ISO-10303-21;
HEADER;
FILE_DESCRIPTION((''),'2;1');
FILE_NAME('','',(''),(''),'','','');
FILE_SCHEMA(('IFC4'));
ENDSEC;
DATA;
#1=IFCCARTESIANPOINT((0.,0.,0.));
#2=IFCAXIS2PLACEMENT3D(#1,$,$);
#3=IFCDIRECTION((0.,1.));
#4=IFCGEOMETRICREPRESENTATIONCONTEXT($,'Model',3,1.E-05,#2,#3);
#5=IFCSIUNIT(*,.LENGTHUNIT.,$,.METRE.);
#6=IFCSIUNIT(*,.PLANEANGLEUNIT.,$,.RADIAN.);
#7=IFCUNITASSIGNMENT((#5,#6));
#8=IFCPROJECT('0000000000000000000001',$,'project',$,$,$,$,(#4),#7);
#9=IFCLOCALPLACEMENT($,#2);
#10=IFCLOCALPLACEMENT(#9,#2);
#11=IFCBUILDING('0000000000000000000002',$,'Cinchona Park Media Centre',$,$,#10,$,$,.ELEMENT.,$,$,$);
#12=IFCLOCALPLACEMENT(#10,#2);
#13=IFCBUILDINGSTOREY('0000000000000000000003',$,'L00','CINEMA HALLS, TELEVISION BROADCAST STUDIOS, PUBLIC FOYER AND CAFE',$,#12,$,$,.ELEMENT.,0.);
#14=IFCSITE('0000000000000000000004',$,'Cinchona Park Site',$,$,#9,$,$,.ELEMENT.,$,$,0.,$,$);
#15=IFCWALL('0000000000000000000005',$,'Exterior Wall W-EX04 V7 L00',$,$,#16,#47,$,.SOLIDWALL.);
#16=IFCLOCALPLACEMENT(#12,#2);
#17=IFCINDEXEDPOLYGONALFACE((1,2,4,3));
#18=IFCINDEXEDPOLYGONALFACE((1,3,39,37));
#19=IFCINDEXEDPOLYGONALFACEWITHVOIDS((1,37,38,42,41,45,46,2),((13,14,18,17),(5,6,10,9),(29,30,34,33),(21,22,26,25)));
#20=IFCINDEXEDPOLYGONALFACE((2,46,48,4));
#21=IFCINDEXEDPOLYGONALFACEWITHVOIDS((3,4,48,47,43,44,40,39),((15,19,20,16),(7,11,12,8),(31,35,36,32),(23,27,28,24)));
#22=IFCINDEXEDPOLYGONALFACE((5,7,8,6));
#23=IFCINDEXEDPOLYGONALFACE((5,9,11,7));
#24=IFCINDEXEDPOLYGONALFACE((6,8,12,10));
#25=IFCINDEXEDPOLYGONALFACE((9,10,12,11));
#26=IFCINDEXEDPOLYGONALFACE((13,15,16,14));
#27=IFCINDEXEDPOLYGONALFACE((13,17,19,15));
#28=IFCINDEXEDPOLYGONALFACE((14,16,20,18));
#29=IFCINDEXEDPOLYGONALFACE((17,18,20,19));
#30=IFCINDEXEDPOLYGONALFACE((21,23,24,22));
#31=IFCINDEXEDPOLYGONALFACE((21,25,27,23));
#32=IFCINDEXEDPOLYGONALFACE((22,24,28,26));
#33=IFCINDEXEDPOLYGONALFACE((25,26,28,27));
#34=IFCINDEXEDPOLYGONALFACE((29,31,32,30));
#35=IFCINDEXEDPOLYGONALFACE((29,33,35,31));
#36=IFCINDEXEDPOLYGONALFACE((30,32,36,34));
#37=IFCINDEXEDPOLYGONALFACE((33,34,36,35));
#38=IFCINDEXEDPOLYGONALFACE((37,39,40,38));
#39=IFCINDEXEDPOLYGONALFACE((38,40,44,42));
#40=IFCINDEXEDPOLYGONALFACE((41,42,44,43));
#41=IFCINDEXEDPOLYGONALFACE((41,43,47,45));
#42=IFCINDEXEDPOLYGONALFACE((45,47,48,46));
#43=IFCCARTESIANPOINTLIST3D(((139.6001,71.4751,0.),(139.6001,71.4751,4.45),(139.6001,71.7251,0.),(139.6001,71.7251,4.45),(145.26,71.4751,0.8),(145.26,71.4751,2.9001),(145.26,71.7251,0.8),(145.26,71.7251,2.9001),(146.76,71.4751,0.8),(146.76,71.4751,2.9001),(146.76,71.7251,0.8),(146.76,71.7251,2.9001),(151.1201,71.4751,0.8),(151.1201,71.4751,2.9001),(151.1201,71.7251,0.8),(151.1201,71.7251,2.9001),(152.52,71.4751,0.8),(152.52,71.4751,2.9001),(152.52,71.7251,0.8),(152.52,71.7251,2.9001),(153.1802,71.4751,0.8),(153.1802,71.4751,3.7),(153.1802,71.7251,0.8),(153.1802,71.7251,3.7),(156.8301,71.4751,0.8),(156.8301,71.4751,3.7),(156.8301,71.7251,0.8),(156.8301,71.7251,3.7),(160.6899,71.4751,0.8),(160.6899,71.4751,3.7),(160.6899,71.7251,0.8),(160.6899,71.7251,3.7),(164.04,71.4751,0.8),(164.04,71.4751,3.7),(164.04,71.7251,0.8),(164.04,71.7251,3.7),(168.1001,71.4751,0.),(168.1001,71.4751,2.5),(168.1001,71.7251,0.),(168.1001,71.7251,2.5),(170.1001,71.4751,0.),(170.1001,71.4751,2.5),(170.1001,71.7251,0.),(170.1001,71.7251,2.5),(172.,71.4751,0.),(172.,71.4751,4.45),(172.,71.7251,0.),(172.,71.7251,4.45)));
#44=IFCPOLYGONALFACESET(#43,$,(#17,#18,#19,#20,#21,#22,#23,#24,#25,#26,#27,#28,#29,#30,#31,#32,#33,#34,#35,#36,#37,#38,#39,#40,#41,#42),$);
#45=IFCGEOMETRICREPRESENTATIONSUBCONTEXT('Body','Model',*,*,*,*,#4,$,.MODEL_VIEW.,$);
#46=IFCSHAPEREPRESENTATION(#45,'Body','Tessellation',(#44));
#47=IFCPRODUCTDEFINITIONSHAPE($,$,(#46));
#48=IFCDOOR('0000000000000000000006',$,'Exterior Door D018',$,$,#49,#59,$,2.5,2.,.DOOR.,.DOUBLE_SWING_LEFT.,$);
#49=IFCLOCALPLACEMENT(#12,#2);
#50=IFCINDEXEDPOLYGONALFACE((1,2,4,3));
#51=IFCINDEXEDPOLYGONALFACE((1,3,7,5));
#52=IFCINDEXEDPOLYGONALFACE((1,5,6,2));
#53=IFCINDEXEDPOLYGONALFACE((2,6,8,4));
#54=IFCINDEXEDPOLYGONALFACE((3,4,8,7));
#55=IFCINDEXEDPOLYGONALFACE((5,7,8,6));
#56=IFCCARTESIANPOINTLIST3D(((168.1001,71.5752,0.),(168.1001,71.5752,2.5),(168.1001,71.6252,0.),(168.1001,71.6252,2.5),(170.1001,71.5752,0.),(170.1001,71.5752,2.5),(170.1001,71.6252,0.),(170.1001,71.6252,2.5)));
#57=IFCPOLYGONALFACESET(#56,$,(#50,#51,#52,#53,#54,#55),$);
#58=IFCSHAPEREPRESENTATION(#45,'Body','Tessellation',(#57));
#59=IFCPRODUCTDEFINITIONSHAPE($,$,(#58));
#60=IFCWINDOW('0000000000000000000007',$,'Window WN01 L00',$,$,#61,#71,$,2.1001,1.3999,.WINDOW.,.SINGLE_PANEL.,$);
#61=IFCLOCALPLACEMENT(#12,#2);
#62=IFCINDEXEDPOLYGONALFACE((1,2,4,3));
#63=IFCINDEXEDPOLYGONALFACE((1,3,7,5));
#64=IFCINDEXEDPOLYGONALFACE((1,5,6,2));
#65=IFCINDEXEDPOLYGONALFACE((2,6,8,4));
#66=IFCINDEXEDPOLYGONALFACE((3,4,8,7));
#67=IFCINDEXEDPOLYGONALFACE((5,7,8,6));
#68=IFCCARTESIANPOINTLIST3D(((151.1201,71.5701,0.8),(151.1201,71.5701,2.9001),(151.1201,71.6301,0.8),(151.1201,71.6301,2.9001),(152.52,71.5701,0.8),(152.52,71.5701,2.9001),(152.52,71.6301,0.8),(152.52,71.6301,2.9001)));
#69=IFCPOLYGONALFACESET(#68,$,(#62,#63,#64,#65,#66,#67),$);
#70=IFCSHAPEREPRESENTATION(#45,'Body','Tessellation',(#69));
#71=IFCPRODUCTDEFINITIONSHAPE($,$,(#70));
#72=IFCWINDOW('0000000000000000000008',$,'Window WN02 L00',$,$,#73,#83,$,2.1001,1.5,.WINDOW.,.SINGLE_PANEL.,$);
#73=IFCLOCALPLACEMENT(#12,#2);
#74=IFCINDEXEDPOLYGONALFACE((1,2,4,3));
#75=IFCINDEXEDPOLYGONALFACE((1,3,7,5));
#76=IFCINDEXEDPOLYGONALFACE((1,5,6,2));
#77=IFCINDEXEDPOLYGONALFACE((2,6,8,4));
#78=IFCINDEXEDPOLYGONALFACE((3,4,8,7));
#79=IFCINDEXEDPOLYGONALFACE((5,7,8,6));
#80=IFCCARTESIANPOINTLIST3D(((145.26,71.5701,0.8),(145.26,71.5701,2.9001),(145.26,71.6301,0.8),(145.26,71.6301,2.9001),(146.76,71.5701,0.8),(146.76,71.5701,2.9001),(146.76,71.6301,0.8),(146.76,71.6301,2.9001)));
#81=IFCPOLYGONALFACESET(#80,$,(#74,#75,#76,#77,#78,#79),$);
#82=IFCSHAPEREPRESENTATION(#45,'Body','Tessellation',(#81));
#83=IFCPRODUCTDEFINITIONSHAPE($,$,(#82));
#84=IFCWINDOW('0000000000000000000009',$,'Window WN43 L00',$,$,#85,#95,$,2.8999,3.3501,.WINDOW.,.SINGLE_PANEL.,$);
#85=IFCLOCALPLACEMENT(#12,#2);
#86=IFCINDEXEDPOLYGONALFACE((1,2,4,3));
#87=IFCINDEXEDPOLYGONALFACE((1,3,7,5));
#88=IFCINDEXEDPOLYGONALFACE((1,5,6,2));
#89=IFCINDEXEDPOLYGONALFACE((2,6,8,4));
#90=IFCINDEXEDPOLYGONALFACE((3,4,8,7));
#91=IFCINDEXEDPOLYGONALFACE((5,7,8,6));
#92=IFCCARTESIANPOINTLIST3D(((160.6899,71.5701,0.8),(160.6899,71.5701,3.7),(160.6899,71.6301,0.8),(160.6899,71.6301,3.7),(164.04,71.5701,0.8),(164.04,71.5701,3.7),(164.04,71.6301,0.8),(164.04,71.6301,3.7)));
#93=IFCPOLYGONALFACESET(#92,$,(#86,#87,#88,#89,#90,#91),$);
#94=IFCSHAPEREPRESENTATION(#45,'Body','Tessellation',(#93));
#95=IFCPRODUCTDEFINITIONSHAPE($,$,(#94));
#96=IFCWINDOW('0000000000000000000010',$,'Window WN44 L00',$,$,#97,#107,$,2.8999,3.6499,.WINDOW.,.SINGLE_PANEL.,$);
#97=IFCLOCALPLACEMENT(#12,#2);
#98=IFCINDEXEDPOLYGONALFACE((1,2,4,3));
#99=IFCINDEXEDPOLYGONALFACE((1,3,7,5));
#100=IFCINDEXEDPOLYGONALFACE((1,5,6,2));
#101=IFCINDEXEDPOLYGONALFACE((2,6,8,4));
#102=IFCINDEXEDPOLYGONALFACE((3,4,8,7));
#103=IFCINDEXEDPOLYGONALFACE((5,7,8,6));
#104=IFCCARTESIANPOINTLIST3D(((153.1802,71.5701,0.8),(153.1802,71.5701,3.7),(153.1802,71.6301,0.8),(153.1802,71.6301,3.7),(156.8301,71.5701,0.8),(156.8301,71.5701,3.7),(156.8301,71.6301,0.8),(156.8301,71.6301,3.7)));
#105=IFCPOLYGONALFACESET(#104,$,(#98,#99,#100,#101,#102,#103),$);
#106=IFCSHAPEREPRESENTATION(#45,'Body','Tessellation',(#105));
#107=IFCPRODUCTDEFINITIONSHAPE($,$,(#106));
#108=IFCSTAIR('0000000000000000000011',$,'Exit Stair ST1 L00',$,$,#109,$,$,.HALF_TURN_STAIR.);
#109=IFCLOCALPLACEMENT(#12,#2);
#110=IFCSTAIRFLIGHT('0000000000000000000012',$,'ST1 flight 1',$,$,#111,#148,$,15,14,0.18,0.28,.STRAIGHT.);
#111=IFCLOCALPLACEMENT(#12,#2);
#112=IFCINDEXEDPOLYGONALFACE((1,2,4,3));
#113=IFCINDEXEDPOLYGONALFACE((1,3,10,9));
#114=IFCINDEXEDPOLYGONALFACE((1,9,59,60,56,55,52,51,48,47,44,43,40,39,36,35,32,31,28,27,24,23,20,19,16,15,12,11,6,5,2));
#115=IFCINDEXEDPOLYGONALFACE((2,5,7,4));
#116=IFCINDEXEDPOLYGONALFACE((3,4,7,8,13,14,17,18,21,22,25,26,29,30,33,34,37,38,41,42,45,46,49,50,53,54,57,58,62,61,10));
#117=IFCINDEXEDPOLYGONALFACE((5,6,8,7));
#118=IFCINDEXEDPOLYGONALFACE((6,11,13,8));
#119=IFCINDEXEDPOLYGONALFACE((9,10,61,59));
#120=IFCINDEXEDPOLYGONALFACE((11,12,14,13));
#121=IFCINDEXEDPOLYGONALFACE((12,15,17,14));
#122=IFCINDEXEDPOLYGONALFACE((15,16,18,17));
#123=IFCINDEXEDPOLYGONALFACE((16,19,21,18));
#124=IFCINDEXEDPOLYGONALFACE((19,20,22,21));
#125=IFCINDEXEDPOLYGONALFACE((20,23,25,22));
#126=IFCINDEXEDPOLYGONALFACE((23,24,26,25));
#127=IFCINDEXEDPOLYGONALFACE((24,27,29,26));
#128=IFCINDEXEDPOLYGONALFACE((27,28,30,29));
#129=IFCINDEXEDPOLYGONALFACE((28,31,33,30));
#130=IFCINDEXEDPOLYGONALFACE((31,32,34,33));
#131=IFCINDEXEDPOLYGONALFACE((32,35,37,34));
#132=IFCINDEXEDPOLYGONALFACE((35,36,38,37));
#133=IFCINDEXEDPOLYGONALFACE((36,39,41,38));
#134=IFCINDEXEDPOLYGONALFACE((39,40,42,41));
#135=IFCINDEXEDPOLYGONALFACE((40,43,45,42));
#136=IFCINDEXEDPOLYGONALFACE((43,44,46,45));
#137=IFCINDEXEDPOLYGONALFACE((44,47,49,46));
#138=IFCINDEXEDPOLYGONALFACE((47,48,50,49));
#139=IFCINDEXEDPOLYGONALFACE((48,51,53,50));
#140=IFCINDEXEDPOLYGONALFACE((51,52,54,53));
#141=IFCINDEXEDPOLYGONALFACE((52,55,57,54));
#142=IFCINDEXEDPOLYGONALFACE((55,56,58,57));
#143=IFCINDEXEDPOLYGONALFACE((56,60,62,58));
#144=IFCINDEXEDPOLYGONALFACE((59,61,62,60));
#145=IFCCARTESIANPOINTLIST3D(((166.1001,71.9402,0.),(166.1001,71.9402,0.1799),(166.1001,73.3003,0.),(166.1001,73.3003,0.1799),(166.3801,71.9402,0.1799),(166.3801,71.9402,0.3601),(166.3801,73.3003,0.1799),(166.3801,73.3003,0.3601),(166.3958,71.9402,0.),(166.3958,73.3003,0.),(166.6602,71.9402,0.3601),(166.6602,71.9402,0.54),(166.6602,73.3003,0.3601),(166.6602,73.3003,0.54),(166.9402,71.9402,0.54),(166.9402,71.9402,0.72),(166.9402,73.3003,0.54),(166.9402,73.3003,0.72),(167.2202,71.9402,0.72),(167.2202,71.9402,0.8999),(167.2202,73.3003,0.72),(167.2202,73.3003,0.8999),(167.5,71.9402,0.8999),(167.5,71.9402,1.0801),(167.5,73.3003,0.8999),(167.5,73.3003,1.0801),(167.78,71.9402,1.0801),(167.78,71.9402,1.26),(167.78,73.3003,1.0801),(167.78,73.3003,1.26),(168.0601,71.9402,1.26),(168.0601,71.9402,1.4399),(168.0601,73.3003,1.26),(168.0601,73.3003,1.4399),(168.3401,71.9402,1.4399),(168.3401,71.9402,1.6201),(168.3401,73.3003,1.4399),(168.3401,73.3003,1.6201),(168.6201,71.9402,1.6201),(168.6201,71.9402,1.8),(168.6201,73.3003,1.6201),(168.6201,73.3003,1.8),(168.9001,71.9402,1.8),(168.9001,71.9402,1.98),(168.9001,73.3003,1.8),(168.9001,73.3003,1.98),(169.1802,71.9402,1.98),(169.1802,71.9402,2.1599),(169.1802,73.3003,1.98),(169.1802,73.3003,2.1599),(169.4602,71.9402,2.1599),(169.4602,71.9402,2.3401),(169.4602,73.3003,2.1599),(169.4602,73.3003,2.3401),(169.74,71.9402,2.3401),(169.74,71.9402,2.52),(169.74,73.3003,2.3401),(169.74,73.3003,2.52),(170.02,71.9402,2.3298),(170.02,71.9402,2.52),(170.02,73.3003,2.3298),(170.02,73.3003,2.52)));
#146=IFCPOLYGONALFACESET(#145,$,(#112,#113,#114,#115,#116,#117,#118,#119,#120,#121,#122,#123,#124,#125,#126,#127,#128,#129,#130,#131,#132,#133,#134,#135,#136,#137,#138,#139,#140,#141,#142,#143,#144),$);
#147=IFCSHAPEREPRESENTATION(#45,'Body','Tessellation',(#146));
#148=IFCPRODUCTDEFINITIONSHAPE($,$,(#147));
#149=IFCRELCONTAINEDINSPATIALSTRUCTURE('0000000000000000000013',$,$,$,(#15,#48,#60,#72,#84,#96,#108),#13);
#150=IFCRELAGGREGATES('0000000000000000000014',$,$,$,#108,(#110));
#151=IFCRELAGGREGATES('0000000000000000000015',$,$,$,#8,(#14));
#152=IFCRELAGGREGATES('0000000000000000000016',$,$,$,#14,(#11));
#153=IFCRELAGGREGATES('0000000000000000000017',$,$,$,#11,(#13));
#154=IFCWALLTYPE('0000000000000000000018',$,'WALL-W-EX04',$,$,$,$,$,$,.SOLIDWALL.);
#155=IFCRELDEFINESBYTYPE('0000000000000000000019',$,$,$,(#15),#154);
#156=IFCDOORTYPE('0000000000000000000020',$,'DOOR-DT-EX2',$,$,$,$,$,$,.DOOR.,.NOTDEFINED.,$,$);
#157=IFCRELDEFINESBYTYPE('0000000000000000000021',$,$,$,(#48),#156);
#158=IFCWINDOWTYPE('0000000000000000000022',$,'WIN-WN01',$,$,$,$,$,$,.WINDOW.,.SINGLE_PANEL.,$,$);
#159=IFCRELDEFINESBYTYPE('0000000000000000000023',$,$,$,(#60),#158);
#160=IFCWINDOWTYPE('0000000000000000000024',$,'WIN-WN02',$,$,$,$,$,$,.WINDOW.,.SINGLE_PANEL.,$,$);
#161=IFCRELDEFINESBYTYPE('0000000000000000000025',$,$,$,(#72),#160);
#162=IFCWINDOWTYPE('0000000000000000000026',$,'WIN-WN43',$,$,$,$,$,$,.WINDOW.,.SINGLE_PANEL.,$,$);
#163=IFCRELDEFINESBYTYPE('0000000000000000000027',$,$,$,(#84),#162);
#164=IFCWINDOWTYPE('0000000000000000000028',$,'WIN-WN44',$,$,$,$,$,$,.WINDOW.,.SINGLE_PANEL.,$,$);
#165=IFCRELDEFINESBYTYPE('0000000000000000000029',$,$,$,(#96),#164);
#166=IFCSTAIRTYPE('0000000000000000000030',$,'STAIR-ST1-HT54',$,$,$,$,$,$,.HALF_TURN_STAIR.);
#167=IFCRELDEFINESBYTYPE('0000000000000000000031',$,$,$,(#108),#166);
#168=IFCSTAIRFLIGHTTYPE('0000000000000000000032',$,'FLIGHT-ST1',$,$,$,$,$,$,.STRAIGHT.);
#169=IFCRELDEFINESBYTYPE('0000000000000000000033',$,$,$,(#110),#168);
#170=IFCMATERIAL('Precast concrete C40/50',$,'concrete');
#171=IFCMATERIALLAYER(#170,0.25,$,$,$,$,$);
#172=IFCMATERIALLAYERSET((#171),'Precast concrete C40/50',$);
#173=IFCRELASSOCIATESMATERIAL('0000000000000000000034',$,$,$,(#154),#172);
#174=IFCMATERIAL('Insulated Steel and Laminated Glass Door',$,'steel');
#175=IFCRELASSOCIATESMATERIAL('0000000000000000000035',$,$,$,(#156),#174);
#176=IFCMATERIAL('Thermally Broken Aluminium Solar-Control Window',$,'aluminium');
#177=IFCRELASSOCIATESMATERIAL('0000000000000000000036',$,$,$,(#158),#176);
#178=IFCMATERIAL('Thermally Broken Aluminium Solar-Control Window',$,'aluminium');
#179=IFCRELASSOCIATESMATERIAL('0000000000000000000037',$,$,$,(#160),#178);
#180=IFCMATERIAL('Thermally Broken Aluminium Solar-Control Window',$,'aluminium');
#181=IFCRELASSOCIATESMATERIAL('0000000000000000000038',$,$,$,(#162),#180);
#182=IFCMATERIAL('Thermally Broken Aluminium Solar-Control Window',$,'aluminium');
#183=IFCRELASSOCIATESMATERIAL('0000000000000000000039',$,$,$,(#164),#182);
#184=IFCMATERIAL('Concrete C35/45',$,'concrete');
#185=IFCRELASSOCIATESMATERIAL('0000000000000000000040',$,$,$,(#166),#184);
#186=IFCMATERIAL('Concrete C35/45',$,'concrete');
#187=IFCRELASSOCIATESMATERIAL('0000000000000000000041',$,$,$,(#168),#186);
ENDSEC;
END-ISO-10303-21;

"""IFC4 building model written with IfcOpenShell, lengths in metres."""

from ifc_helpers import new_model, si_unit, direction, frame, frame_2d, origin, place, context, subcontext, project, spatial, polyline, rectangle, outline, extrude, material, layer, layer_set, type_object, element, fill, aggregate, save


model = new_model("IFC4")

# Units and contexts
model_context = context("Model", 3, precision=1e-05, world=origin(), true_north=direction((0.0, 1.0)))
body_context = subcontext(model_context, "Body", "Model", "MODEL_VIEW")
ifc_project = project(units=[si_unit("LENGTHUNIT", "METRE"), si_unit("PLANEANGLEUNIT", "RADIAN")], contexts=[model_context])

# Site, building, storey
site_placement = place(None, origin())
site = spatial("IfcSite", under=ifc_project, at=site_placement, Name="Cinchona Park Site", CompositionType="ELEMENT", RefElevation=0.0)
building_placement = place(site_placement, origin())
building = spatial("IfcBuilding", under=site, at=building_placement, Name="Cinchona Park Media Centre", CompositionType="ELEMENT")
storey_placement = place(building_placement, origin())
storey = spatial("IfcBuildingStorey", under=building, at=storey_placement, Name="L00", Description="CINEMA HALLS, TELEVISION BROADCAST STUDIOS, PUBLIC FOYER AND CAFE", CompositionType="ELEMENT", Elevation=0.0)

# Wall, openings, door, windows
ifc_material_1 = material(Name="Precast concrete C40/50", Category="concrete")
ifc_layer = layer(ifc_material_1, 0.25)
ifc_layer_set = layer_set([ifc_layer], Name="Precast concrete C40/50")
wall_type = type_object("IfcWallType", Name="WALL-W-EX04", PredefinedType="SOLIDWALL", material=ifc_layer_set)
wall_placement = place(storey_placement, frame((172.0, 71.6001, 0.0), z_axis=(0.0, 0.0, 1.0), x_axis=(-1.0, 0.0, 0.0)))
wall = element("IfcWall", 1, at=wall_placement, inside=storey, type_object=wall_type, Name="Exterior Wall W-EX04 V7 L00", PredefinedType="SOLIDWALL", context=body_context, shape_type="SweptSolid", body=[
    extrude(rectangle(XDim=32.3999, YDim=0.25, at=frame_2d((16.2, 0.0))), origin(), (0.0, 0.0, 1.0), 4.45),
])
opening_1_placement = place(wall_placement, frame((1.8999, 0.0, 0.0)))
opening_1 = element("IfcOpeningElement", 2, at=opening_1_placement, cuts=wall, PredefinedType="OPENING", context=body_context, shape_type="SweptSolid", body=[
    extrude(rectangle(XDim=2.0, YDim=2.5, at=frame_2d((1.0, 1.25))), frame((0.0, 0.135, 0.0), z_axis=(0.0, -1.0, 0.0), x_axis=(1.0, 0.0, 0.0)), (0.0, 0.0, 1.0), 0.27),
])
opening_2_placement = place(wall_placement, frame((7.96, 0.0, 0.8)))
opening_2 = element("IfcOpeningElement", 3, at=opening_2_placement, cuts=wall, PredefinedType="OPENING", context=body_context, shape_type="SweptSolid", body=[
    extrude(rectangle(XDim=3.3501, YDim=2.8999, at=frame_2d((1.675, 1.45))), frame((0.0, 0.135, 0.0), z_axis=(0.0, -1.0, 0.0), x_axis=(1.0, 0.0, 0.0)), (0.0, 0.0, 1.0), 0.27),
])
opening_3_placement = place(wall_placement, frame((15.1699, 0.0, 0.8)))
opening_3 = element("IfcOpeningElement", 4, at=opening_3_placement, cuts=wall, PredefinedType="OPENING", context=body_context, shape_type="SweptSolid", body=[
    extrude(rectangle(XDim=3.6499, YDim=2.8999, at=frame_2d((1.825, 1.45))), frame((0.0, 0.135, 0.0), z_axis=(0.0, -1.0, 0.0), x_axis=(1.0, 0.0, 0.0)), (0.0, 0.0, 1.0), 0.27),
])
opening_4_placement = place(wall_placement, frame((19.48, 0.0, 0.8)))
opening_4 = element("IfcOpeningElement", 5, at=opening_4_placement, cuts=wall, PredefinedType="OPENING", context=body_context, shape_type="SweptSolid", body=[
    extrude(rectangle(XDim=1.3999, YDim=2.1001, at=frame_2d((0.7, 1.05))), frame((0.0, 0.135, 0.0), z_axis=(0.0, -1.0, 0.0), x_axis=(1.0, 0.0, 0.0)), (0.0, 0.0, 1.0), 0.27),
])
opening_5_placement = place(wall_placement, frame((25.24, 0.0, 0.8)))
opening_5 = element("IfcOpeningElement", 6, at=opening_5_placement, cuts=wall, PredefinedType="OPENING", context=body_context, shape_type="SweptSolid", body=[
    extrude(rectangle(XDim=1.5, YDim=2.1001, at=frame_2d((0.75, 1.05))), frame((0.0, 0.135, 0.0), z_axis=(0.0, -1.0, 0.0), x_axis=(1.0, 0.0, 0.0)), (0.0, 0.0, 1.0), 0.27),
])
ifc_material_2 = material(Name="Insulated Steel and Laminated Glass Door", Category="steel")
door_type = type_object("IfcDoorType", Name="DOOR-DT-EX2", OperationType="NOTDEFINED", PredefinedType="DOOR", material=ifc_material_2)
door_placement = place(opening_1_placement, origin())
door = element("IfcDoor", 7, at=door_placement, inside=storey, type_object=door_type, Name="Exterior Door D018", OperationType="DOUBLE_SWING_LEFT", OverallHeight=2.5, OverallWidth=2.0, PredefinedType="DOOR", context=body_context, shape_type="SweptSolid", body=[
    extrude(rectangle(XDim=2.0, YDim=2.5, at=frame_2d((1.0, 1.25))), frame((0.0, 0.0249, 0.0), z_axis=(0.0, -1.0, 0.0), x_axis=(1.0, 0.0, 0.0)), (0.0, 0.0, 1.0), 0.05),
])
fill(opening_1, door)
ifc_material_3 = material(Name="Thermally Broken Aluminium Solar-Control Window", Category="aluminium")
window_type_1 = type_object("IfcWindowType", Name="WIN-WN01", PartitioningType="SINGLE_PANEL", PredefinedType="WINDOW", material=ifc_material_3)
window_1_placement = place(opening_4_placement, origin())
window_1 = element("IfcWindow", 8, at=window_1_placement, inside=storey, type_object=window_type_1, Name="Window WN01 L00", OverallHeight=2.1001, OverallWidth=1.3999, PartitioningType="SINGLE_PANEL", PredefinedType="WINDOW", context=body_context, shape_type="SweptSolid", body=[
    extrude(rectangle(XDim=1.3999, YDim=2.1001, at=frame_2d((0.7, 1.05))), frame((0.0, 0.03, 0.0), z_axis=(0.0, -1.0, 0.0), x_axis=(1.0, 0.0, 0.0)), (0.0, 0.0, 1.0), 0.0601),
])
fill(opening_4, window_1)
ifc_material_4 = material(Name="Thermally Broken Aluminium Solar-Control Window", Category="aluminium")
window_type_2 = type_object("IfcWindowType", Name="WIN-WN02", PartitioningType="SINGLE_PANEL", PredefinedType="WINDOW", material=ifc_material_4)
window_2_placement = place(opening_5_placement, origin())
window_2 = element("IfcWindow", 9, at=window_2_placement, inside=storey, type_object=window_type_2, Name="Window WN02 L00", OverallHeight=2.1001, OverallWidth=1.5, PartitioningType="SINGLE_PANEL", PredefinedType="WINDOW", context=body_context, shape_type="SweptSolid", body=[
    extrude(rectangle(XDim=1.5, YDim=2.1001, at=frame_2d((0.75, 1.05))), frame((0.0, 0.03, 0.0), z_axis=(0.0, -1.0, 0.0), x_axis=(1.0, 0.0, 0.0)), (0.0, 0.0, 1.0), 0.0601),
])
fill(opening_5, window_2)
ifc_material_5 = material(Name="Thermally Broken Aluminium Solar-Control Window", Category="aluminium")
window_type_3 = type_object("IfcWindowType", Name="WIN-WN43", PartitioningType="SINGLE_PANEL", PredefinedType="WINDOW", material=ifc_material_5)
window_3_placement = place(opening_2_placement, origin())
window_3 = element("IfcWindow", 10, at=window_3_placement, inside=storey, type_object=window_type_3, Name="Window WN43 L00", OverallHeight=2.8999, OverallWidth=3.3501, PartitioningType="SINGLE_PANEL", PredefinedType="WINDOW", context=body_context, shape_type="SweptSolid", body=[
    extrude(rectangle(XDim=3.3501, YDim=2.8999, at=frame_2d((1.675, 1.45))), frame((0.0, 0.03, 0.0), z_axis=(0.0, -1.0, 0.0), x_axis=(1.0, 0.0, 0.0)), (0.0, 0.0, 1.0), 0.0601),
])
fill(opening_2, window_3)
ifc_material_6 = material(Name="Thermally Broken Aluminium Solar-Control Window", Category="aluminium")
window_type_4 = type_object("IfcWindowType", Name="WIN-WN44", PartitioningType="SINGLE_PANEL", PredefinedType="WINDOW", material=ifc_material_6)
window_4_placement = place(opening_3_placement, origin())
window_4 = element("IfcWindow", 11, at=window_4_placement, inside=storey, type_object=window_type_4, Name="Window WN44 L00", OverallHeight=2.8999, OverallWidth=3.6499, PartitioningType="SINGLE_PANEL", PredefinedType="WINDOW", context=body_context, shape_type="SweptSolid", body=[
    extrude(rectangle(XDim=3.6499, YDim=2.8999, at=frame_2d((1.825, 1.45))), frame((0.0, 0.03, 0.0), z_axis=(0.0, -1.0, 0.0), x_axis=(1.0, 0.0, 0.0)), (0.0, 0.0, 1.0), 0.0601),
])
fill(opening_3, window_4)

# Stair, stair flight
ifc_material_7 = material(Name="Concrete C35/45", Category="concrete")
stair_type = type_object("IfcStairType", Name="STAIR-ST1-HT54", PredefinedType="HALF_TURN_STAIR", material=ifc_material_7)
stair_placement = place(storey_placement, origin())
stair = element("IfcStair", 12, at=stair_placement, inside=storey, type_object=stair_type, Name="Exit Stair ST1 L00", PredefinedType="HALF_TURN_STAIR")
ifc_material_8 = material(Name="Concrete C35/45", Category="concrete")
stair_flight_type = type_object("IfcStairFlightType", Name="FLIGHT-ST1", PredefinedType="STRAIGHT", material=ifc_material_8)
stair_flight_1_placement = place(storey_placement, frame((166.1001, 72.6201, 0.0), z_axis=(0.0, 0.0, 1.0), x_axis=(1.0, 0.0, 0.0)))
stair_flight_1 = element("IfcStairFlight", 13, at=stair_flight_1_placement, type_object=stair_flight_type, Name="ST1 flight 1", NumberOfRisers=15, NumberOfTreads=14, PredefinedType="STRAIGHT", RiserHeight=0.18, TreadLength=0.28, context=body_context, shape_type="SweptSolid", body=[
    extrude(outline(polyline([(0.0, 0.0), (0.0, 0.1799), (0.28, 0.1799), (0.28, 0.3601), (0.5601, 0.3601), (0.5601, 0.54), (0.8401, 0.54), (0.8401, 0.72), (1.1201, 0.72), (1.1201, 0.8999), (1.3999, 0.8999), (1.3999, 1.0801), (1.6799, 1.0801), (1.6799, 1.26), (1.96, 1.26), (1.96, 1.4399), (2.24, 1.4399), (2.24, 1.6201), (2.52, 1.6201), (2.52, 1.8), (2.8, 1.8), (2.8, 1.98), (3.0801, 1.98), (3.0801, 2.1599), (3.3601, 2.1599), (3.3601, 2.3401), (3.6399, 2.3401), (3.6399, 2.52), (3.9199, 2.52), (3.9199, 2.7), (3.9199, 2.3298), (0.2957, 0.0), (0.0, 0.0)])), frame((0.0, 0.6802, 0.0), z_axis=(0.0, -1.0, 0.0), x_axis=(1.0, 0.0, 0.0)), (0.0, 0.0, 1.0), 1.3601),
])
aggregate(stair, [stair_flight_1])

save(model, "model.ifc")
